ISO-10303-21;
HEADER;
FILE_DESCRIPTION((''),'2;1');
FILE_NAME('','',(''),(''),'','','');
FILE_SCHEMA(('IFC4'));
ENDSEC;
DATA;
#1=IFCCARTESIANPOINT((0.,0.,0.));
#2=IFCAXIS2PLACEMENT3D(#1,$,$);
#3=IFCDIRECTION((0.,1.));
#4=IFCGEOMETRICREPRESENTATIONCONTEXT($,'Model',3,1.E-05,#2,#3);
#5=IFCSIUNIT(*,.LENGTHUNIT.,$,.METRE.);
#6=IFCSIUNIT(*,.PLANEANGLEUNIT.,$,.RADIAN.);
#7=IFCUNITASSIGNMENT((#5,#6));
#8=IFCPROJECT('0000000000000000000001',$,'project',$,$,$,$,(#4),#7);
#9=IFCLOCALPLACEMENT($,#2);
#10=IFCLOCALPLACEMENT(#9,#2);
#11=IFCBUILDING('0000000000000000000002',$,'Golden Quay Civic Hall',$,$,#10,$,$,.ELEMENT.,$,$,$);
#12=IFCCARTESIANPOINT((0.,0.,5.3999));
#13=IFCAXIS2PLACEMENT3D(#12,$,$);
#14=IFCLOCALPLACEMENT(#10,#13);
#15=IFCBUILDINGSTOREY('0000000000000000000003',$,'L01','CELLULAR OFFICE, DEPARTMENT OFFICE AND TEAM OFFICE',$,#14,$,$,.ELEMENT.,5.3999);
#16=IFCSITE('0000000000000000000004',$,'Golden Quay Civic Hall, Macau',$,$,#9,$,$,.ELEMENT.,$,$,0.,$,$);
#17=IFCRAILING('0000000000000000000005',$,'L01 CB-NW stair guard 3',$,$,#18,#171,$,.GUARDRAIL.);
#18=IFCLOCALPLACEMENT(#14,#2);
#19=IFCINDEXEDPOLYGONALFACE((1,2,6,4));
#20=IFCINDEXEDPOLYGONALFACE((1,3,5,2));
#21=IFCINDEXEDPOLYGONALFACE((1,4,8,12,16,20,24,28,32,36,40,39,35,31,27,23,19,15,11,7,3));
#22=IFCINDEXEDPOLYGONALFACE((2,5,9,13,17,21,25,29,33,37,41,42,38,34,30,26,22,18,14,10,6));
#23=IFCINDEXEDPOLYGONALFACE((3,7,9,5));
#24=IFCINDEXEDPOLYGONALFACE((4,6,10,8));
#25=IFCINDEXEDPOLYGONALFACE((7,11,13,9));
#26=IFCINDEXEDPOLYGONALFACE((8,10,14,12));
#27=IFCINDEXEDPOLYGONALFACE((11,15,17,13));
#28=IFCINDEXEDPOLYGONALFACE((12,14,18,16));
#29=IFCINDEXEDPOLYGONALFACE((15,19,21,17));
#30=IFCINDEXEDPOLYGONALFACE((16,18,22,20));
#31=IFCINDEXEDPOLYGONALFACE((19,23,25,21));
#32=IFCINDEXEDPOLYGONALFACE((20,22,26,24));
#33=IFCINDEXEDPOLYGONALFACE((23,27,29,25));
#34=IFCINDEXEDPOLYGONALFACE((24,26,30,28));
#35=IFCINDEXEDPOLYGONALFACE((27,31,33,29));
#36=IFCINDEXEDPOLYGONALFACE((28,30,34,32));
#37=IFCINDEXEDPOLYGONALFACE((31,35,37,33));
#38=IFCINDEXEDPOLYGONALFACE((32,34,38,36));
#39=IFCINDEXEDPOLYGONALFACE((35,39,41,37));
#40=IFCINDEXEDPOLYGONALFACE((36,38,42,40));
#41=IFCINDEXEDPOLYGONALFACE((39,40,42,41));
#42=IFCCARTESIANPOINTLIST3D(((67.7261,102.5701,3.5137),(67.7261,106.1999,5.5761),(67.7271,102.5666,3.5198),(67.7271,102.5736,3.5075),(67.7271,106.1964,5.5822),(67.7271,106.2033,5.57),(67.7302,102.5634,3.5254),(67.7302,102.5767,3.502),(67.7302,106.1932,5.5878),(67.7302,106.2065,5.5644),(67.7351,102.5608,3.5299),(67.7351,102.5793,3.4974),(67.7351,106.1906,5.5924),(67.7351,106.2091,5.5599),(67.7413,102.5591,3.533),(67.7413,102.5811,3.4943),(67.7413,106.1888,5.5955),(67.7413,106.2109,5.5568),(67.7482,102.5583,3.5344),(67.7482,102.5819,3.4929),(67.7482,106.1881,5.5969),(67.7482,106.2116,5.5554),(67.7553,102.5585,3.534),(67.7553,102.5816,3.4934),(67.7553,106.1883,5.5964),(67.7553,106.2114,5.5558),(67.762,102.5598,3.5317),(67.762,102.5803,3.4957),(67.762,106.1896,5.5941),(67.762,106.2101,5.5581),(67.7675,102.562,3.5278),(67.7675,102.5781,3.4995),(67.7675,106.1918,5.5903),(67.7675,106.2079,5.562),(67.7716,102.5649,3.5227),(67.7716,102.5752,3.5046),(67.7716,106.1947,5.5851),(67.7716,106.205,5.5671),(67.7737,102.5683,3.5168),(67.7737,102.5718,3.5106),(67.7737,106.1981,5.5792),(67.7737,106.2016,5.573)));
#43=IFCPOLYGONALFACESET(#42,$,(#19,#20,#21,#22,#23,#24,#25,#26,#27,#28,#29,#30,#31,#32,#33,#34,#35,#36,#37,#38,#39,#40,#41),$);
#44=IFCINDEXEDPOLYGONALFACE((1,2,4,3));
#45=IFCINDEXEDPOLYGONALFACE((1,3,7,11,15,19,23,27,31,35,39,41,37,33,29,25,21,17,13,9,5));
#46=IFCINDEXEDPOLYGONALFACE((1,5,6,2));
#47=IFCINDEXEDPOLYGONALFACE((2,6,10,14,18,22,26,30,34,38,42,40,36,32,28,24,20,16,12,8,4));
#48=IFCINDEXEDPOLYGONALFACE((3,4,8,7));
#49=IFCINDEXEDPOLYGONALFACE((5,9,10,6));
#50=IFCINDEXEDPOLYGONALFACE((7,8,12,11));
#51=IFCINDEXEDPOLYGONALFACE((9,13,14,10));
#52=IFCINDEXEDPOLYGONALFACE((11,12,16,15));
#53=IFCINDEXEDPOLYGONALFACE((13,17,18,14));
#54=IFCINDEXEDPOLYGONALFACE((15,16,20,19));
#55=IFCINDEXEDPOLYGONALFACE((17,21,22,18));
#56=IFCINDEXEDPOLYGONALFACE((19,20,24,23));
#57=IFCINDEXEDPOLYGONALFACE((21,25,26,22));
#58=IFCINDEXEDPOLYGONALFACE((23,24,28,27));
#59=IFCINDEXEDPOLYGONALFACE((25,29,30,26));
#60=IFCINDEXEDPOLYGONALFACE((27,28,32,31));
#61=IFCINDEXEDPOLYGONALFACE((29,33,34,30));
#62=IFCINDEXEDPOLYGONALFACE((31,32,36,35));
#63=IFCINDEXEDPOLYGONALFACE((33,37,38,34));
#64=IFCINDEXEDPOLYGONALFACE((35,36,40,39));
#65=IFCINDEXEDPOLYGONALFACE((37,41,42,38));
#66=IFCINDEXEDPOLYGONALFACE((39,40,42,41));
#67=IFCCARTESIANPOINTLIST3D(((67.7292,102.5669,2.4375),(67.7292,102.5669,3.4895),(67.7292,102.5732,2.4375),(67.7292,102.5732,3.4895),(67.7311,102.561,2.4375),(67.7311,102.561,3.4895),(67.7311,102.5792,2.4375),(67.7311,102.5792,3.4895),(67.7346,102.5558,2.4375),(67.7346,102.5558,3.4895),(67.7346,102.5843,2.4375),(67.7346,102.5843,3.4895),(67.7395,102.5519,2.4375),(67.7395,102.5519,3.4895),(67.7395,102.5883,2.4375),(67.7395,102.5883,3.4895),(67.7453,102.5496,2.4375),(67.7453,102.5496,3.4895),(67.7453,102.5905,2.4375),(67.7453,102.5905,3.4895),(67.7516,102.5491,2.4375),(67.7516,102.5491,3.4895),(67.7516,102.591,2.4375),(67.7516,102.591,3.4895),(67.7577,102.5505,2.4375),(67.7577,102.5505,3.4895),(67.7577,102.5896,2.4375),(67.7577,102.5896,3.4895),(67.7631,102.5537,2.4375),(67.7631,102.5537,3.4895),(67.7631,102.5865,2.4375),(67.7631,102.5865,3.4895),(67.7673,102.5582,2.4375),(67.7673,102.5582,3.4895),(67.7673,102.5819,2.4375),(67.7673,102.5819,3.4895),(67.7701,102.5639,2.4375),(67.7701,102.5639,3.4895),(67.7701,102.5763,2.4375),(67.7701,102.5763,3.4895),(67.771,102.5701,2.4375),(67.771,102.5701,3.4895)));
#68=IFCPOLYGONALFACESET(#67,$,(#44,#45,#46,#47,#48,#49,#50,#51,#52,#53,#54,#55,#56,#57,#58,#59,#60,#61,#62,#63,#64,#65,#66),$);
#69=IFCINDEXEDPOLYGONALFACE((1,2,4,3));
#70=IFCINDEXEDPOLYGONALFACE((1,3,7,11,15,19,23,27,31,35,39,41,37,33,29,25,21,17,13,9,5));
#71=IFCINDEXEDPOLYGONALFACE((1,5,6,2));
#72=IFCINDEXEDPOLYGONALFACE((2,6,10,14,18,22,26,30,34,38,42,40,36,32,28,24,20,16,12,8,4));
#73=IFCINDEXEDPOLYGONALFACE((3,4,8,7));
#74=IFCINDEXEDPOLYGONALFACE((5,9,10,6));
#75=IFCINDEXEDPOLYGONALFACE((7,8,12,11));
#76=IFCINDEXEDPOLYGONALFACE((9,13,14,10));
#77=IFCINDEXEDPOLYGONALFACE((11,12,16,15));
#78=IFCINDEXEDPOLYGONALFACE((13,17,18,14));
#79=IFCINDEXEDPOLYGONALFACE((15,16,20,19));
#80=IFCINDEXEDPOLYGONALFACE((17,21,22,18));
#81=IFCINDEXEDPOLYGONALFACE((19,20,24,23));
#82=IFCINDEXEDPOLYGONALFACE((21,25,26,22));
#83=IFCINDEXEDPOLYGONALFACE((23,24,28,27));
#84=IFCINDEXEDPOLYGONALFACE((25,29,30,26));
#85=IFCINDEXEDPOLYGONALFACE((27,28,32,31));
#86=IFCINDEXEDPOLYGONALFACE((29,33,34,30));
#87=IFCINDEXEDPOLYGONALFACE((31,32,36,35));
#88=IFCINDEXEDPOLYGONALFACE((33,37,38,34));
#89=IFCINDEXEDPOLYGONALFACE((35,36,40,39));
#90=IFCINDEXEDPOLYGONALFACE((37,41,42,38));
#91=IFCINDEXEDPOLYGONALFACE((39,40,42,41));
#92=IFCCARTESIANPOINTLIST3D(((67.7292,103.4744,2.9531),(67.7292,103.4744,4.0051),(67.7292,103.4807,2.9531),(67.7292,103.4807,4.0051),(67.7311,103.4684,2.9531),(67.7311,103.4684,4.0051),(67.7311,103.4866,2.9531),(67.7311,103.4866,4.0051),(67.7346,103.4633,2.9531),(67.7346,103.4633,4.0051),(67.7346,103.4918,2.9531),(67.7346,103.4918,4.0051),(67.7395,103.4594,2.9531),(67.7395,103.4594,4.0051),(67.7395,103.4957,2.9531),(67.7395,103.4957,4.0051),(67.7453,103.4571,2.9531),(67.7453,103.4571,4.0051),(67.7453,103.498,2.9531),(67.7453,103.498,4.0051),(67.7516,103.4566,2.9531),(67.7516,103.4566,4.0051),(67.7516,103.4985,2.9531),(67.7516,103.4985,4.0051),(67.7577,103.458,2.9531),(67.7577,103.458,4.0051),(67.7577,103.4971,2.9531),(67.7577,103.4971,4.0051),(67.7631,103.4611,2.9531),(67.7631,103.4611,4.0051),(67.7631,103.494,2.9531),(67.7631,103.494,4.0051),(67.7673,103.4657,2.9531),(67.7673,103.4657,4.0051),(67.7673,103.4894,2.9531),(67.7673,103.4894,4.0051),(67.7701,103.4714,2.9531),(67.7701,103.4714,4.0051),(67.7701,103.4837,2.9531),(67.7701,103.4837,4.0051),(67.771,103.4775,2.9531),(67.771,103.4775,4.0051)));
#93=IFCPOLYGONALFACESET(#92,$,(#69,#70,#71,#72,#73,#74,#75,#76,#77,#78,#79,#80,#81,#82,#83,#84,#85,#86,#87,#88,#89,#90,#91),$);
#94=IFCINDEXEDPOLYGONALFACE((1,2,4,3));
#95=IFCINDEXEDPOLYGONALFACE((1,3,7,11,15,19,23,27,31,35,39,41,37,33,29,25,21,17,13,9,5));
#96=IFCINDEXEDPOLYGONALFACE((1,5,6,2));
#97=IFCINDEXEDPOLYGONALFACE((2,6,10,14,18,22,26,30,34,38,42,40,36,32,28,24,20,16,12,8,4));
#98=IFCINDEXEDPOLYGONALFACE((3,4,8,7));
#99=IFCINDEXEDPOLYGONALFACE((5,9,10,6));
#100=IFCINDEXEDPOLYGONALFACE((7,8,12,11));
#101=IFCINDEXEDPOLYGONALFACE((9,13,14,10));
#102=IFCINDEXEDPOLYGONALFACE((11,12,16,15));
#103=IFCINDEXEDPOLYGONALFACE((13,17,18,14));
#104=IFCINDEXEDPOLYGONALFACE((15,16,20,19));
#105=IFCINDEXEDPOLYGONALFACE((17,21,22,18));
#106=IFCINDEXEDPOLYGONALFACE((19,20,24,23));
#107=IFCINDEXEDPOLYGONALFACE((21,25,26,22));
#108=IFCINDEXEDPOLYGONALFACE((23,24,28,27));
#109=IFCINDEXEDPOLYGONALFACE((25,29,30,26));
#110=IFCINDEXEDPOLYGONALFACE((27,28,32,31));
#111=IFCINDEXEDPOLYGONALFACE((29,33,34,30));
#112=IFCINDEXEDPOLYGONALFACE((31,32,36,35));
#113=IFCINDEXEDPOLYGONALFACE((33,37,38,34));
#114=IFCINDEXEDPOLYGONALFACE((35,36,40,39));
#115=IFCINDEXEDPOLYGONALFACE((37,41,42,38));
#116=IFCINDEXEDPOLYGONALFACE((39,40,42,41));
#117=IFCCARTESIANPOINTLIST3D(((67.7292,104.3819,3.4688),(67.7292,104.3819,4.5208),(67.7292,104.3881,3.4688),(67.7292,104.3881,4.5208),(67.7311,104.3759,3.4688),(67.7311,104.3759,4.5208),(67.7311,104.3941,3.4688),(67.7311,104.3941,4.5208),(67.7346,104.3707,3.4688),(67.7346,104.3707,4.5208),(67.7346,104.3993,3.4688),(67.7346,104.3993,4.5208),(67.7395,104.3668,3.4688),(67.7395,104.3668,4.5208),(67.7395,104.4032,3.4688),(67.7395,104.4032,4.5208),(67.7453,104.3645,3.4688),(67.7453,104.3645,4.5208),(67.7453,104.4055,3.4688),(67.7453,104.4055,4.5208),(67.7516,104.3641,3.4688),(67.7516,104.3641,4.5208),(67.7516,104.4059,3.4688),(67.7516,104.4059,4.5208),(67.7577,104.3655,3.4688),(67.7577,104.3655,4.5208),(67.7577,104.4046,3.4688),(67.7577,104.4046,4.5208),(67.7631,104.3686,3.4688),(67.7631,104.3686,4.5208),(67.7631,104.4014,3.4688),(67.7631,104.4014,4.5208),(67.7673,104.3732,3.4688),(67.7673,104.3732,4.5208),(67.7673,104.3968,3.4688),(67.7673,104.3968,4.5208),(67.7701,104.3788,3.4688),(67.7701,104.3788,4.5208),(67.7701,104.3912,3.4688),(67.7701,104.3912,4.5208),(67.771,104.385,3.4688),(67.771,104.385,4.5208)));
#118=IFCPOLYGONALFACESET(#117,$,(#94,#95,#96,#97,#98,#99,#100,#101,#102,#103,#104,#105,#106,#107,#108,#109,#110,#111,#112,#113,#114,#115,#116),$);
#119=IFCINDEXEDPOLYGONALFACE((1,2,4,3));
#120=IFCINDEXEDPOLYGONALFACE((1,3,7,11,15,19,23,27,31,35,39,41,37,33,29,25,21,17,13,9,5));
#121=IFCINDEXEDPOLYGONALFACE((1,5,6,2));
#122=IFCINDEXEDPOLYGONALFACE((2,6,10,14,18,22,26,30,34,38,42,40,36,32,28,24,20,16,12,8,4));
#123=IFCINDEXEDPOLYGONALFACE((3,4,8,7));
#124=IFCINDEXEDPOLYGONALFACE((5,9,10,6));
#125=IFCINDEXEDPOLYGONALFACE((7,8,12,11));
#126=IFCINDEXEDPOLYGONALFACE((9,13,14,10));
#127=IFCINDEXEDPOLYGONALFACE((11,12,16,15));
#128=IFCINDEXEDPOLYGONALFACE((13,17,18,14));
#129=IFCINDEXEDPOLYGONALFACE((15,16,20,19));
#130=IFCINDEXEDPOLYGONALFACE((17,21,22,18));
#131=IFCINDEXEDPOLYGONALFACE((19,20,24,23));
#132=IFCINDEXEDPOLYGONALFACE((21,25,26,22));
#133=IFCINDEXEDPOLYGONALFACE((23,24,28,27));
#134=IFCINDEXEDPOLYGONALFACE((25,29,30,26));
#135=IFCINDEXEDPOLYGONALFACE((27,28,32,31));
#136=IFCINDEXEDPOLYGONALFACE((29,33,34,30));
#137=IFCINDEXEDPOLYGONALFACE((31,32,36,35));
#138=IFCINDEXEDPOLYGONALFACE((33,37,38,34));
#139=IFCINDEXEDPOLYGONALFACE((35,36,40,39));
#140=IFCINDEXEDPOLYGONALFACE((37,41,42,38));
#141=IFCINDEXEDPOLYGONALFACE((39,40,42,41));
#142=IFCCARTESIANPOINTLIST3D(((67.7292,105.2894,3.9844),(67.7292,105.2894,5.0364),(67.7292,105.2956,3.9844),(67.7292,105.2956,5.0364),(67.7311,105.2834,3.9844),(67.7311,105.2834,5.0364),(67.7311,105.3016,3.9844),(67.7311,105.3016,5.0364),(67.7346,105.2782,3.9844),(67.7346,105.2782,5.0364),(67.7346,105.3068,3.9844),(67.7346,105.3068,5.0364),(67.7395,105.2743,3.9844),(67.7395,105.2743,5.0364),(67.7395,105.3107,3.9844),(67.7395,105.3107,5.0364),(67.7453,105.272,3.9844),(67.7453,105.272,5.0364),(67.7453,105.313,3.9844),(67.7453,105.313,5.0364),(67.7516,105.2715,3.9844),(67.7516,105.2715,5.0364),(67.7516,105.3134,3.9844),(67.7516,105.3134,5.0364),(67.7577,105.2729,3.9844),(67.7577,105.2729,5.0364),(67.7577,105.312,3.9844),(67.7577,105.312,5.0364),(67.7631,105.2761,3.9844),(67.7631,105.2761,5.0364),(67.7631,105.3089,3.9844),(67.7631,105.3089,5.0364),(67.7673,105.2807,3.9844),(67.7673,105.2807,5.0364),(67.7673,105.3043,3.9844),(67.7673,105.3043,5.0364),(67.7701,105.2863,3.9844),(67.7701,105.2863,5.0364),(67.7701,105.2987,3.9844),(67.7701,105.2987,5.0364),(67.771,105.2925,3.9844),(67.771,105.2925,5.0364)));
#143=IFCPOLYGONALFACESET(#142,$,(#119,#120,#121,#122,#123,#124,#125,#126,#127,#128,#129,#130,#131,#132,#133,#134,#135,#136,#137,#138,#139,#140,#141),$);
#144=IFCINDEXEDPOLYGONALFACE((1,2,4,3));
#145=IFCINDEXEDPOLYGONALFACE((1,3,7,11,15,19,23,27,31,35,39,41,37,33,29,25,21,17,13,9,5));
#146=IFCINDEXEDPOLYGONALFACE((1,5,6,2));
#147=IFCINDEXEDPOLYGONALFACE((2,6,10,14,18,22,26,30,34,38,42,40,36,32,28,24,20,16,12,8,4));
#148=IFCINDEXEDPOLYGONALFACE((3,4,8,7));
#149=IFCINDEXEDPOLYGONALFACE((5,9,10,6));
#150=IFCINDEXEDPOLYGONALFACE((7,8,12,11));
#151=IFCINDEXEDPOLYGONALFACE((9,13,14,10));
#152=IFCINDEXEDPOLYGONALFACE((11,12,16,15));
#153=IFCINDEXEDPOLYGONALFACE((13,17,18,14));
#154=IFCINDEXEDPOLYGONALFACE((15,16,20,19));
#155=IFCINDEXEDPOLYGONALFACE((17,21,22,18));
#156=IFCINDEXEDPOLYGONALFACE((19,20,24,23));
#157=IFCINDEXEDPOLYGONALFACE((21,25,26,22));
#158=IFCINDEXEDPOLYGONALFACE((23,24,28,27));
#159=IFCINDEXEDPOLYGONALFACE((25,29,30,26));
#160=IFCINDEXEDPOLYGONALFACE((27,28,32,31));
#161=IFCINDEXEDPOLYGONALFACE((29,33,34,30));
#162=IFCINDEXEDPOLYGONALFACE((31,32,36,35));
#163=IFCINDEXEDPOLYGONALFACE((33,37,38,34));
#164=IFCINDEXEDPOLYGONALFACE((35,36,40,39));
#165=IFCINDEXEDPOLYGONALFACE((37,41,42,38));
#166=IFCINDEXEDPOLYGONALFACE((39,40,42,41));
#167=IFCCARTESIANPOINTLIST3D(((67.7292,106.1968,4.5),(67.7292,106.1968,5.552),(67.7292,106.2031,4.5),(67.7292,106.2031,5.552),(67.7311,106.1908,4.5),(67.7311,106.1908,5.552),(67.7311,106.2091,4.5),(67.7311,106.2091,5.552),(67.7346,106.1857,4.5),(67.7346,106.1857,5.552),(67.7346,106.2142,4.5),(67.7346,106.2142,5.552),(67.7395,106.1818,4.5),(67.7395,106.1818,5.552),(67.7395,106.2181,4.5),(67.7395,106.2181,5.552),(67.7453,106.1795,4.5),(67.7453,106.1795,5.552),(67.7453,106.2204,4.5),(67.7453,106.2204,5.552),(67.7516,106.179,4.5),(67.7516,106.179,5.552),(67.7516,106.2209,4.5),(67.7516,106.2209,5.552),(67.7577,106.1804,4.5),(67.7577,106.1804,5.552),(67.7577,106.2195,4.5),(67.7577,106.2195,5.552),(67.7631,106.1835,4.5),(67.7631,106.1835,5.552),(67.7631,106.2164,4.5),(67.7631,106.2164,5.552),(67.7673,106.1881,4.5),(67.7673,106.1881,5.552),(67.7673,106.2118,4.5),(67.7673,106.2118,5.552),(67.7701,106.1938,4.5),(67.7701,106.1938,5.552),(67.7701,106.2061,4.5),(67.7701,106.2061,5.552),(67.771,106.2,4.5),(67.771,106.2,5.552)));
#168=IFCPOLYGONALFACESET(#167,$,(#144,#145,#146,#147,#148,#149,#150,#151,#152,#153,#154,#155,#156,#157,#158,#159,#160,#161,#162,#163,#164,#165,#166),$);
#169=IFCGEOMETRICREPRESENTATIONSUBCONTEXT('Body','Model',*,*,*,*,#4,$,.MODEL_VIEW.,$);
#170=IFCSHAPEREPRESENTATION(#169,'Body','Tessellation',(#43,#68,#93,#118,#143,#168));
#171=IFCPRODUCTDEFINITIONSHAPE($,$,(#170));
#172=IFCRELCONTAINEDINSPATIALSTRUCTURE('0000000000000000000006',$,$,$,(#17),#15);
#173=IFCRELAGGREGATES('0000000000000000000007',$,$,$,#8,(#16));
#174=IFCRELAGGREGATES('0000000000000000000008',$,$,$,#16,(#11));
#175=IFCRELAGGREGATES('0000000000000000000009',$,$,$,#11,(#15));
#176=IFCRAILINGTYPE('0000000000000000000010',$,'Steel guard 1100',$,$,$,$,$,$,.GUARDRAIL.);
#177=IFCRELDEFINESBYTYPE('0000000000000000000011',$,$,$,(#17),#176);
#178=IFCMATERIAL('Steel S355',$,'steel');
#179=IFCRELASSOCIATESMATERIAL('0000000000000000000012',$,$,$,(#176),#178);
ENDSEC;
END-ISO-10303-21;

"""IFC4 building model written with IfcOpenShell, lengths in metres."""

from ifc_helpers import new_model, si_unit, direction, frame, origin, origin_2d, place, context, subcontext, project, spatial, circle, extrude, material, type_object, element, save


model = new_model("IFC4")

# Units and contexts
model_context = context("Model", 3, precision=1e-05, world=origin(), true_north=direction((0.0, 1.0)))
body_context = subcontext(model_context, "Body", "Model", "MODEL_VIEW")
ifc_project = project(units=[si_unit("LENGTHUNIT", "METRE"), si_unit("PLANEANGLEUNIT", "RADIAN")], contexts=[model_context])

# Site, building, storey
site_placement = place(None, origin())
site = spatial("IfcSite", under=ifc_project, at=site_placement, Name="Golden Quay Civic Hall, Macau", CompositionType="ELEMENT", RefElevation=0.0)
building_placement = place(site_placement, origin())
building = spatial("IfcBuilding", under=site, at=building_placement, Name="Golden Quay Civic Hall", CompositionType="ELEMENT")
storey_placement = place(building_placement, frame((0.0, 0.0, 5.3999)))
storey = spatial("IfcBuildingStorey", under=building, at=storey_placement, Name="L01", Description="CELLULAR OFFICE, DEPARTMENT OFFICE AND TEAM OFFICE", CompositionType="ELEMENT", Elevation=5.3999)

# Railing
ifc_material_1 = material(Name="Steel S355", Category="steel")
railing_type = type_object("IfcRailingType", Name="Steel guard 1100", PredefinedType="GUARDRAIL", material=ifc_material_1)
railing_1_placement = place(storey_placement, frame((67.75, 102.5701, 2.4375)))
element("IfcRailing", 1, at=railing_1_placement, inside=storey, type_object=railing_type, Name="L01 CB-NW stair guard 3", PredefinedType="GUARDRAIL", context=body_context, shape_type="SweptSolid", body=[
    extrude(circle(Radius=0.0239, at=origin_2d()), frame((0.0, 0.0, 1.0762), z_axis=(0.0, 0.86945, 0.494021), x_axis=(-1.0, 0.0, 0.0)), (0.0, 0.0, 1.0), 4.1748),
    extrude(circle(Radius=0.021, at=origin_2d()), origin(), (0.0, 0.0, 1.0), 1.052),
    extrude(circle(Radius=0.021, at=origin_2d()), frame((0.0, 0.9075, 0.5156)), (0.0, 0.0, 1.0), 1.052),
    extrude(circle(Radius=0.021, at=origin_2d()), frame((0.0, 1.8149, 1.0312)), (0.0, 0.0, 1.0), 1.052),
    extrude(circle(Radius=0.021, at=origin_2d()), frame((0.0, 2.7224, 1.5469)), (0.0, 0.0, 1.0), 1.052),
    extrude(circle(Radius=0.021, at=origin_2d()), frame((0.0, 3.6299, 2.0625)), (0.0, 0.0, 1.0), 1.052),
])

save(model, "model.ifc")
